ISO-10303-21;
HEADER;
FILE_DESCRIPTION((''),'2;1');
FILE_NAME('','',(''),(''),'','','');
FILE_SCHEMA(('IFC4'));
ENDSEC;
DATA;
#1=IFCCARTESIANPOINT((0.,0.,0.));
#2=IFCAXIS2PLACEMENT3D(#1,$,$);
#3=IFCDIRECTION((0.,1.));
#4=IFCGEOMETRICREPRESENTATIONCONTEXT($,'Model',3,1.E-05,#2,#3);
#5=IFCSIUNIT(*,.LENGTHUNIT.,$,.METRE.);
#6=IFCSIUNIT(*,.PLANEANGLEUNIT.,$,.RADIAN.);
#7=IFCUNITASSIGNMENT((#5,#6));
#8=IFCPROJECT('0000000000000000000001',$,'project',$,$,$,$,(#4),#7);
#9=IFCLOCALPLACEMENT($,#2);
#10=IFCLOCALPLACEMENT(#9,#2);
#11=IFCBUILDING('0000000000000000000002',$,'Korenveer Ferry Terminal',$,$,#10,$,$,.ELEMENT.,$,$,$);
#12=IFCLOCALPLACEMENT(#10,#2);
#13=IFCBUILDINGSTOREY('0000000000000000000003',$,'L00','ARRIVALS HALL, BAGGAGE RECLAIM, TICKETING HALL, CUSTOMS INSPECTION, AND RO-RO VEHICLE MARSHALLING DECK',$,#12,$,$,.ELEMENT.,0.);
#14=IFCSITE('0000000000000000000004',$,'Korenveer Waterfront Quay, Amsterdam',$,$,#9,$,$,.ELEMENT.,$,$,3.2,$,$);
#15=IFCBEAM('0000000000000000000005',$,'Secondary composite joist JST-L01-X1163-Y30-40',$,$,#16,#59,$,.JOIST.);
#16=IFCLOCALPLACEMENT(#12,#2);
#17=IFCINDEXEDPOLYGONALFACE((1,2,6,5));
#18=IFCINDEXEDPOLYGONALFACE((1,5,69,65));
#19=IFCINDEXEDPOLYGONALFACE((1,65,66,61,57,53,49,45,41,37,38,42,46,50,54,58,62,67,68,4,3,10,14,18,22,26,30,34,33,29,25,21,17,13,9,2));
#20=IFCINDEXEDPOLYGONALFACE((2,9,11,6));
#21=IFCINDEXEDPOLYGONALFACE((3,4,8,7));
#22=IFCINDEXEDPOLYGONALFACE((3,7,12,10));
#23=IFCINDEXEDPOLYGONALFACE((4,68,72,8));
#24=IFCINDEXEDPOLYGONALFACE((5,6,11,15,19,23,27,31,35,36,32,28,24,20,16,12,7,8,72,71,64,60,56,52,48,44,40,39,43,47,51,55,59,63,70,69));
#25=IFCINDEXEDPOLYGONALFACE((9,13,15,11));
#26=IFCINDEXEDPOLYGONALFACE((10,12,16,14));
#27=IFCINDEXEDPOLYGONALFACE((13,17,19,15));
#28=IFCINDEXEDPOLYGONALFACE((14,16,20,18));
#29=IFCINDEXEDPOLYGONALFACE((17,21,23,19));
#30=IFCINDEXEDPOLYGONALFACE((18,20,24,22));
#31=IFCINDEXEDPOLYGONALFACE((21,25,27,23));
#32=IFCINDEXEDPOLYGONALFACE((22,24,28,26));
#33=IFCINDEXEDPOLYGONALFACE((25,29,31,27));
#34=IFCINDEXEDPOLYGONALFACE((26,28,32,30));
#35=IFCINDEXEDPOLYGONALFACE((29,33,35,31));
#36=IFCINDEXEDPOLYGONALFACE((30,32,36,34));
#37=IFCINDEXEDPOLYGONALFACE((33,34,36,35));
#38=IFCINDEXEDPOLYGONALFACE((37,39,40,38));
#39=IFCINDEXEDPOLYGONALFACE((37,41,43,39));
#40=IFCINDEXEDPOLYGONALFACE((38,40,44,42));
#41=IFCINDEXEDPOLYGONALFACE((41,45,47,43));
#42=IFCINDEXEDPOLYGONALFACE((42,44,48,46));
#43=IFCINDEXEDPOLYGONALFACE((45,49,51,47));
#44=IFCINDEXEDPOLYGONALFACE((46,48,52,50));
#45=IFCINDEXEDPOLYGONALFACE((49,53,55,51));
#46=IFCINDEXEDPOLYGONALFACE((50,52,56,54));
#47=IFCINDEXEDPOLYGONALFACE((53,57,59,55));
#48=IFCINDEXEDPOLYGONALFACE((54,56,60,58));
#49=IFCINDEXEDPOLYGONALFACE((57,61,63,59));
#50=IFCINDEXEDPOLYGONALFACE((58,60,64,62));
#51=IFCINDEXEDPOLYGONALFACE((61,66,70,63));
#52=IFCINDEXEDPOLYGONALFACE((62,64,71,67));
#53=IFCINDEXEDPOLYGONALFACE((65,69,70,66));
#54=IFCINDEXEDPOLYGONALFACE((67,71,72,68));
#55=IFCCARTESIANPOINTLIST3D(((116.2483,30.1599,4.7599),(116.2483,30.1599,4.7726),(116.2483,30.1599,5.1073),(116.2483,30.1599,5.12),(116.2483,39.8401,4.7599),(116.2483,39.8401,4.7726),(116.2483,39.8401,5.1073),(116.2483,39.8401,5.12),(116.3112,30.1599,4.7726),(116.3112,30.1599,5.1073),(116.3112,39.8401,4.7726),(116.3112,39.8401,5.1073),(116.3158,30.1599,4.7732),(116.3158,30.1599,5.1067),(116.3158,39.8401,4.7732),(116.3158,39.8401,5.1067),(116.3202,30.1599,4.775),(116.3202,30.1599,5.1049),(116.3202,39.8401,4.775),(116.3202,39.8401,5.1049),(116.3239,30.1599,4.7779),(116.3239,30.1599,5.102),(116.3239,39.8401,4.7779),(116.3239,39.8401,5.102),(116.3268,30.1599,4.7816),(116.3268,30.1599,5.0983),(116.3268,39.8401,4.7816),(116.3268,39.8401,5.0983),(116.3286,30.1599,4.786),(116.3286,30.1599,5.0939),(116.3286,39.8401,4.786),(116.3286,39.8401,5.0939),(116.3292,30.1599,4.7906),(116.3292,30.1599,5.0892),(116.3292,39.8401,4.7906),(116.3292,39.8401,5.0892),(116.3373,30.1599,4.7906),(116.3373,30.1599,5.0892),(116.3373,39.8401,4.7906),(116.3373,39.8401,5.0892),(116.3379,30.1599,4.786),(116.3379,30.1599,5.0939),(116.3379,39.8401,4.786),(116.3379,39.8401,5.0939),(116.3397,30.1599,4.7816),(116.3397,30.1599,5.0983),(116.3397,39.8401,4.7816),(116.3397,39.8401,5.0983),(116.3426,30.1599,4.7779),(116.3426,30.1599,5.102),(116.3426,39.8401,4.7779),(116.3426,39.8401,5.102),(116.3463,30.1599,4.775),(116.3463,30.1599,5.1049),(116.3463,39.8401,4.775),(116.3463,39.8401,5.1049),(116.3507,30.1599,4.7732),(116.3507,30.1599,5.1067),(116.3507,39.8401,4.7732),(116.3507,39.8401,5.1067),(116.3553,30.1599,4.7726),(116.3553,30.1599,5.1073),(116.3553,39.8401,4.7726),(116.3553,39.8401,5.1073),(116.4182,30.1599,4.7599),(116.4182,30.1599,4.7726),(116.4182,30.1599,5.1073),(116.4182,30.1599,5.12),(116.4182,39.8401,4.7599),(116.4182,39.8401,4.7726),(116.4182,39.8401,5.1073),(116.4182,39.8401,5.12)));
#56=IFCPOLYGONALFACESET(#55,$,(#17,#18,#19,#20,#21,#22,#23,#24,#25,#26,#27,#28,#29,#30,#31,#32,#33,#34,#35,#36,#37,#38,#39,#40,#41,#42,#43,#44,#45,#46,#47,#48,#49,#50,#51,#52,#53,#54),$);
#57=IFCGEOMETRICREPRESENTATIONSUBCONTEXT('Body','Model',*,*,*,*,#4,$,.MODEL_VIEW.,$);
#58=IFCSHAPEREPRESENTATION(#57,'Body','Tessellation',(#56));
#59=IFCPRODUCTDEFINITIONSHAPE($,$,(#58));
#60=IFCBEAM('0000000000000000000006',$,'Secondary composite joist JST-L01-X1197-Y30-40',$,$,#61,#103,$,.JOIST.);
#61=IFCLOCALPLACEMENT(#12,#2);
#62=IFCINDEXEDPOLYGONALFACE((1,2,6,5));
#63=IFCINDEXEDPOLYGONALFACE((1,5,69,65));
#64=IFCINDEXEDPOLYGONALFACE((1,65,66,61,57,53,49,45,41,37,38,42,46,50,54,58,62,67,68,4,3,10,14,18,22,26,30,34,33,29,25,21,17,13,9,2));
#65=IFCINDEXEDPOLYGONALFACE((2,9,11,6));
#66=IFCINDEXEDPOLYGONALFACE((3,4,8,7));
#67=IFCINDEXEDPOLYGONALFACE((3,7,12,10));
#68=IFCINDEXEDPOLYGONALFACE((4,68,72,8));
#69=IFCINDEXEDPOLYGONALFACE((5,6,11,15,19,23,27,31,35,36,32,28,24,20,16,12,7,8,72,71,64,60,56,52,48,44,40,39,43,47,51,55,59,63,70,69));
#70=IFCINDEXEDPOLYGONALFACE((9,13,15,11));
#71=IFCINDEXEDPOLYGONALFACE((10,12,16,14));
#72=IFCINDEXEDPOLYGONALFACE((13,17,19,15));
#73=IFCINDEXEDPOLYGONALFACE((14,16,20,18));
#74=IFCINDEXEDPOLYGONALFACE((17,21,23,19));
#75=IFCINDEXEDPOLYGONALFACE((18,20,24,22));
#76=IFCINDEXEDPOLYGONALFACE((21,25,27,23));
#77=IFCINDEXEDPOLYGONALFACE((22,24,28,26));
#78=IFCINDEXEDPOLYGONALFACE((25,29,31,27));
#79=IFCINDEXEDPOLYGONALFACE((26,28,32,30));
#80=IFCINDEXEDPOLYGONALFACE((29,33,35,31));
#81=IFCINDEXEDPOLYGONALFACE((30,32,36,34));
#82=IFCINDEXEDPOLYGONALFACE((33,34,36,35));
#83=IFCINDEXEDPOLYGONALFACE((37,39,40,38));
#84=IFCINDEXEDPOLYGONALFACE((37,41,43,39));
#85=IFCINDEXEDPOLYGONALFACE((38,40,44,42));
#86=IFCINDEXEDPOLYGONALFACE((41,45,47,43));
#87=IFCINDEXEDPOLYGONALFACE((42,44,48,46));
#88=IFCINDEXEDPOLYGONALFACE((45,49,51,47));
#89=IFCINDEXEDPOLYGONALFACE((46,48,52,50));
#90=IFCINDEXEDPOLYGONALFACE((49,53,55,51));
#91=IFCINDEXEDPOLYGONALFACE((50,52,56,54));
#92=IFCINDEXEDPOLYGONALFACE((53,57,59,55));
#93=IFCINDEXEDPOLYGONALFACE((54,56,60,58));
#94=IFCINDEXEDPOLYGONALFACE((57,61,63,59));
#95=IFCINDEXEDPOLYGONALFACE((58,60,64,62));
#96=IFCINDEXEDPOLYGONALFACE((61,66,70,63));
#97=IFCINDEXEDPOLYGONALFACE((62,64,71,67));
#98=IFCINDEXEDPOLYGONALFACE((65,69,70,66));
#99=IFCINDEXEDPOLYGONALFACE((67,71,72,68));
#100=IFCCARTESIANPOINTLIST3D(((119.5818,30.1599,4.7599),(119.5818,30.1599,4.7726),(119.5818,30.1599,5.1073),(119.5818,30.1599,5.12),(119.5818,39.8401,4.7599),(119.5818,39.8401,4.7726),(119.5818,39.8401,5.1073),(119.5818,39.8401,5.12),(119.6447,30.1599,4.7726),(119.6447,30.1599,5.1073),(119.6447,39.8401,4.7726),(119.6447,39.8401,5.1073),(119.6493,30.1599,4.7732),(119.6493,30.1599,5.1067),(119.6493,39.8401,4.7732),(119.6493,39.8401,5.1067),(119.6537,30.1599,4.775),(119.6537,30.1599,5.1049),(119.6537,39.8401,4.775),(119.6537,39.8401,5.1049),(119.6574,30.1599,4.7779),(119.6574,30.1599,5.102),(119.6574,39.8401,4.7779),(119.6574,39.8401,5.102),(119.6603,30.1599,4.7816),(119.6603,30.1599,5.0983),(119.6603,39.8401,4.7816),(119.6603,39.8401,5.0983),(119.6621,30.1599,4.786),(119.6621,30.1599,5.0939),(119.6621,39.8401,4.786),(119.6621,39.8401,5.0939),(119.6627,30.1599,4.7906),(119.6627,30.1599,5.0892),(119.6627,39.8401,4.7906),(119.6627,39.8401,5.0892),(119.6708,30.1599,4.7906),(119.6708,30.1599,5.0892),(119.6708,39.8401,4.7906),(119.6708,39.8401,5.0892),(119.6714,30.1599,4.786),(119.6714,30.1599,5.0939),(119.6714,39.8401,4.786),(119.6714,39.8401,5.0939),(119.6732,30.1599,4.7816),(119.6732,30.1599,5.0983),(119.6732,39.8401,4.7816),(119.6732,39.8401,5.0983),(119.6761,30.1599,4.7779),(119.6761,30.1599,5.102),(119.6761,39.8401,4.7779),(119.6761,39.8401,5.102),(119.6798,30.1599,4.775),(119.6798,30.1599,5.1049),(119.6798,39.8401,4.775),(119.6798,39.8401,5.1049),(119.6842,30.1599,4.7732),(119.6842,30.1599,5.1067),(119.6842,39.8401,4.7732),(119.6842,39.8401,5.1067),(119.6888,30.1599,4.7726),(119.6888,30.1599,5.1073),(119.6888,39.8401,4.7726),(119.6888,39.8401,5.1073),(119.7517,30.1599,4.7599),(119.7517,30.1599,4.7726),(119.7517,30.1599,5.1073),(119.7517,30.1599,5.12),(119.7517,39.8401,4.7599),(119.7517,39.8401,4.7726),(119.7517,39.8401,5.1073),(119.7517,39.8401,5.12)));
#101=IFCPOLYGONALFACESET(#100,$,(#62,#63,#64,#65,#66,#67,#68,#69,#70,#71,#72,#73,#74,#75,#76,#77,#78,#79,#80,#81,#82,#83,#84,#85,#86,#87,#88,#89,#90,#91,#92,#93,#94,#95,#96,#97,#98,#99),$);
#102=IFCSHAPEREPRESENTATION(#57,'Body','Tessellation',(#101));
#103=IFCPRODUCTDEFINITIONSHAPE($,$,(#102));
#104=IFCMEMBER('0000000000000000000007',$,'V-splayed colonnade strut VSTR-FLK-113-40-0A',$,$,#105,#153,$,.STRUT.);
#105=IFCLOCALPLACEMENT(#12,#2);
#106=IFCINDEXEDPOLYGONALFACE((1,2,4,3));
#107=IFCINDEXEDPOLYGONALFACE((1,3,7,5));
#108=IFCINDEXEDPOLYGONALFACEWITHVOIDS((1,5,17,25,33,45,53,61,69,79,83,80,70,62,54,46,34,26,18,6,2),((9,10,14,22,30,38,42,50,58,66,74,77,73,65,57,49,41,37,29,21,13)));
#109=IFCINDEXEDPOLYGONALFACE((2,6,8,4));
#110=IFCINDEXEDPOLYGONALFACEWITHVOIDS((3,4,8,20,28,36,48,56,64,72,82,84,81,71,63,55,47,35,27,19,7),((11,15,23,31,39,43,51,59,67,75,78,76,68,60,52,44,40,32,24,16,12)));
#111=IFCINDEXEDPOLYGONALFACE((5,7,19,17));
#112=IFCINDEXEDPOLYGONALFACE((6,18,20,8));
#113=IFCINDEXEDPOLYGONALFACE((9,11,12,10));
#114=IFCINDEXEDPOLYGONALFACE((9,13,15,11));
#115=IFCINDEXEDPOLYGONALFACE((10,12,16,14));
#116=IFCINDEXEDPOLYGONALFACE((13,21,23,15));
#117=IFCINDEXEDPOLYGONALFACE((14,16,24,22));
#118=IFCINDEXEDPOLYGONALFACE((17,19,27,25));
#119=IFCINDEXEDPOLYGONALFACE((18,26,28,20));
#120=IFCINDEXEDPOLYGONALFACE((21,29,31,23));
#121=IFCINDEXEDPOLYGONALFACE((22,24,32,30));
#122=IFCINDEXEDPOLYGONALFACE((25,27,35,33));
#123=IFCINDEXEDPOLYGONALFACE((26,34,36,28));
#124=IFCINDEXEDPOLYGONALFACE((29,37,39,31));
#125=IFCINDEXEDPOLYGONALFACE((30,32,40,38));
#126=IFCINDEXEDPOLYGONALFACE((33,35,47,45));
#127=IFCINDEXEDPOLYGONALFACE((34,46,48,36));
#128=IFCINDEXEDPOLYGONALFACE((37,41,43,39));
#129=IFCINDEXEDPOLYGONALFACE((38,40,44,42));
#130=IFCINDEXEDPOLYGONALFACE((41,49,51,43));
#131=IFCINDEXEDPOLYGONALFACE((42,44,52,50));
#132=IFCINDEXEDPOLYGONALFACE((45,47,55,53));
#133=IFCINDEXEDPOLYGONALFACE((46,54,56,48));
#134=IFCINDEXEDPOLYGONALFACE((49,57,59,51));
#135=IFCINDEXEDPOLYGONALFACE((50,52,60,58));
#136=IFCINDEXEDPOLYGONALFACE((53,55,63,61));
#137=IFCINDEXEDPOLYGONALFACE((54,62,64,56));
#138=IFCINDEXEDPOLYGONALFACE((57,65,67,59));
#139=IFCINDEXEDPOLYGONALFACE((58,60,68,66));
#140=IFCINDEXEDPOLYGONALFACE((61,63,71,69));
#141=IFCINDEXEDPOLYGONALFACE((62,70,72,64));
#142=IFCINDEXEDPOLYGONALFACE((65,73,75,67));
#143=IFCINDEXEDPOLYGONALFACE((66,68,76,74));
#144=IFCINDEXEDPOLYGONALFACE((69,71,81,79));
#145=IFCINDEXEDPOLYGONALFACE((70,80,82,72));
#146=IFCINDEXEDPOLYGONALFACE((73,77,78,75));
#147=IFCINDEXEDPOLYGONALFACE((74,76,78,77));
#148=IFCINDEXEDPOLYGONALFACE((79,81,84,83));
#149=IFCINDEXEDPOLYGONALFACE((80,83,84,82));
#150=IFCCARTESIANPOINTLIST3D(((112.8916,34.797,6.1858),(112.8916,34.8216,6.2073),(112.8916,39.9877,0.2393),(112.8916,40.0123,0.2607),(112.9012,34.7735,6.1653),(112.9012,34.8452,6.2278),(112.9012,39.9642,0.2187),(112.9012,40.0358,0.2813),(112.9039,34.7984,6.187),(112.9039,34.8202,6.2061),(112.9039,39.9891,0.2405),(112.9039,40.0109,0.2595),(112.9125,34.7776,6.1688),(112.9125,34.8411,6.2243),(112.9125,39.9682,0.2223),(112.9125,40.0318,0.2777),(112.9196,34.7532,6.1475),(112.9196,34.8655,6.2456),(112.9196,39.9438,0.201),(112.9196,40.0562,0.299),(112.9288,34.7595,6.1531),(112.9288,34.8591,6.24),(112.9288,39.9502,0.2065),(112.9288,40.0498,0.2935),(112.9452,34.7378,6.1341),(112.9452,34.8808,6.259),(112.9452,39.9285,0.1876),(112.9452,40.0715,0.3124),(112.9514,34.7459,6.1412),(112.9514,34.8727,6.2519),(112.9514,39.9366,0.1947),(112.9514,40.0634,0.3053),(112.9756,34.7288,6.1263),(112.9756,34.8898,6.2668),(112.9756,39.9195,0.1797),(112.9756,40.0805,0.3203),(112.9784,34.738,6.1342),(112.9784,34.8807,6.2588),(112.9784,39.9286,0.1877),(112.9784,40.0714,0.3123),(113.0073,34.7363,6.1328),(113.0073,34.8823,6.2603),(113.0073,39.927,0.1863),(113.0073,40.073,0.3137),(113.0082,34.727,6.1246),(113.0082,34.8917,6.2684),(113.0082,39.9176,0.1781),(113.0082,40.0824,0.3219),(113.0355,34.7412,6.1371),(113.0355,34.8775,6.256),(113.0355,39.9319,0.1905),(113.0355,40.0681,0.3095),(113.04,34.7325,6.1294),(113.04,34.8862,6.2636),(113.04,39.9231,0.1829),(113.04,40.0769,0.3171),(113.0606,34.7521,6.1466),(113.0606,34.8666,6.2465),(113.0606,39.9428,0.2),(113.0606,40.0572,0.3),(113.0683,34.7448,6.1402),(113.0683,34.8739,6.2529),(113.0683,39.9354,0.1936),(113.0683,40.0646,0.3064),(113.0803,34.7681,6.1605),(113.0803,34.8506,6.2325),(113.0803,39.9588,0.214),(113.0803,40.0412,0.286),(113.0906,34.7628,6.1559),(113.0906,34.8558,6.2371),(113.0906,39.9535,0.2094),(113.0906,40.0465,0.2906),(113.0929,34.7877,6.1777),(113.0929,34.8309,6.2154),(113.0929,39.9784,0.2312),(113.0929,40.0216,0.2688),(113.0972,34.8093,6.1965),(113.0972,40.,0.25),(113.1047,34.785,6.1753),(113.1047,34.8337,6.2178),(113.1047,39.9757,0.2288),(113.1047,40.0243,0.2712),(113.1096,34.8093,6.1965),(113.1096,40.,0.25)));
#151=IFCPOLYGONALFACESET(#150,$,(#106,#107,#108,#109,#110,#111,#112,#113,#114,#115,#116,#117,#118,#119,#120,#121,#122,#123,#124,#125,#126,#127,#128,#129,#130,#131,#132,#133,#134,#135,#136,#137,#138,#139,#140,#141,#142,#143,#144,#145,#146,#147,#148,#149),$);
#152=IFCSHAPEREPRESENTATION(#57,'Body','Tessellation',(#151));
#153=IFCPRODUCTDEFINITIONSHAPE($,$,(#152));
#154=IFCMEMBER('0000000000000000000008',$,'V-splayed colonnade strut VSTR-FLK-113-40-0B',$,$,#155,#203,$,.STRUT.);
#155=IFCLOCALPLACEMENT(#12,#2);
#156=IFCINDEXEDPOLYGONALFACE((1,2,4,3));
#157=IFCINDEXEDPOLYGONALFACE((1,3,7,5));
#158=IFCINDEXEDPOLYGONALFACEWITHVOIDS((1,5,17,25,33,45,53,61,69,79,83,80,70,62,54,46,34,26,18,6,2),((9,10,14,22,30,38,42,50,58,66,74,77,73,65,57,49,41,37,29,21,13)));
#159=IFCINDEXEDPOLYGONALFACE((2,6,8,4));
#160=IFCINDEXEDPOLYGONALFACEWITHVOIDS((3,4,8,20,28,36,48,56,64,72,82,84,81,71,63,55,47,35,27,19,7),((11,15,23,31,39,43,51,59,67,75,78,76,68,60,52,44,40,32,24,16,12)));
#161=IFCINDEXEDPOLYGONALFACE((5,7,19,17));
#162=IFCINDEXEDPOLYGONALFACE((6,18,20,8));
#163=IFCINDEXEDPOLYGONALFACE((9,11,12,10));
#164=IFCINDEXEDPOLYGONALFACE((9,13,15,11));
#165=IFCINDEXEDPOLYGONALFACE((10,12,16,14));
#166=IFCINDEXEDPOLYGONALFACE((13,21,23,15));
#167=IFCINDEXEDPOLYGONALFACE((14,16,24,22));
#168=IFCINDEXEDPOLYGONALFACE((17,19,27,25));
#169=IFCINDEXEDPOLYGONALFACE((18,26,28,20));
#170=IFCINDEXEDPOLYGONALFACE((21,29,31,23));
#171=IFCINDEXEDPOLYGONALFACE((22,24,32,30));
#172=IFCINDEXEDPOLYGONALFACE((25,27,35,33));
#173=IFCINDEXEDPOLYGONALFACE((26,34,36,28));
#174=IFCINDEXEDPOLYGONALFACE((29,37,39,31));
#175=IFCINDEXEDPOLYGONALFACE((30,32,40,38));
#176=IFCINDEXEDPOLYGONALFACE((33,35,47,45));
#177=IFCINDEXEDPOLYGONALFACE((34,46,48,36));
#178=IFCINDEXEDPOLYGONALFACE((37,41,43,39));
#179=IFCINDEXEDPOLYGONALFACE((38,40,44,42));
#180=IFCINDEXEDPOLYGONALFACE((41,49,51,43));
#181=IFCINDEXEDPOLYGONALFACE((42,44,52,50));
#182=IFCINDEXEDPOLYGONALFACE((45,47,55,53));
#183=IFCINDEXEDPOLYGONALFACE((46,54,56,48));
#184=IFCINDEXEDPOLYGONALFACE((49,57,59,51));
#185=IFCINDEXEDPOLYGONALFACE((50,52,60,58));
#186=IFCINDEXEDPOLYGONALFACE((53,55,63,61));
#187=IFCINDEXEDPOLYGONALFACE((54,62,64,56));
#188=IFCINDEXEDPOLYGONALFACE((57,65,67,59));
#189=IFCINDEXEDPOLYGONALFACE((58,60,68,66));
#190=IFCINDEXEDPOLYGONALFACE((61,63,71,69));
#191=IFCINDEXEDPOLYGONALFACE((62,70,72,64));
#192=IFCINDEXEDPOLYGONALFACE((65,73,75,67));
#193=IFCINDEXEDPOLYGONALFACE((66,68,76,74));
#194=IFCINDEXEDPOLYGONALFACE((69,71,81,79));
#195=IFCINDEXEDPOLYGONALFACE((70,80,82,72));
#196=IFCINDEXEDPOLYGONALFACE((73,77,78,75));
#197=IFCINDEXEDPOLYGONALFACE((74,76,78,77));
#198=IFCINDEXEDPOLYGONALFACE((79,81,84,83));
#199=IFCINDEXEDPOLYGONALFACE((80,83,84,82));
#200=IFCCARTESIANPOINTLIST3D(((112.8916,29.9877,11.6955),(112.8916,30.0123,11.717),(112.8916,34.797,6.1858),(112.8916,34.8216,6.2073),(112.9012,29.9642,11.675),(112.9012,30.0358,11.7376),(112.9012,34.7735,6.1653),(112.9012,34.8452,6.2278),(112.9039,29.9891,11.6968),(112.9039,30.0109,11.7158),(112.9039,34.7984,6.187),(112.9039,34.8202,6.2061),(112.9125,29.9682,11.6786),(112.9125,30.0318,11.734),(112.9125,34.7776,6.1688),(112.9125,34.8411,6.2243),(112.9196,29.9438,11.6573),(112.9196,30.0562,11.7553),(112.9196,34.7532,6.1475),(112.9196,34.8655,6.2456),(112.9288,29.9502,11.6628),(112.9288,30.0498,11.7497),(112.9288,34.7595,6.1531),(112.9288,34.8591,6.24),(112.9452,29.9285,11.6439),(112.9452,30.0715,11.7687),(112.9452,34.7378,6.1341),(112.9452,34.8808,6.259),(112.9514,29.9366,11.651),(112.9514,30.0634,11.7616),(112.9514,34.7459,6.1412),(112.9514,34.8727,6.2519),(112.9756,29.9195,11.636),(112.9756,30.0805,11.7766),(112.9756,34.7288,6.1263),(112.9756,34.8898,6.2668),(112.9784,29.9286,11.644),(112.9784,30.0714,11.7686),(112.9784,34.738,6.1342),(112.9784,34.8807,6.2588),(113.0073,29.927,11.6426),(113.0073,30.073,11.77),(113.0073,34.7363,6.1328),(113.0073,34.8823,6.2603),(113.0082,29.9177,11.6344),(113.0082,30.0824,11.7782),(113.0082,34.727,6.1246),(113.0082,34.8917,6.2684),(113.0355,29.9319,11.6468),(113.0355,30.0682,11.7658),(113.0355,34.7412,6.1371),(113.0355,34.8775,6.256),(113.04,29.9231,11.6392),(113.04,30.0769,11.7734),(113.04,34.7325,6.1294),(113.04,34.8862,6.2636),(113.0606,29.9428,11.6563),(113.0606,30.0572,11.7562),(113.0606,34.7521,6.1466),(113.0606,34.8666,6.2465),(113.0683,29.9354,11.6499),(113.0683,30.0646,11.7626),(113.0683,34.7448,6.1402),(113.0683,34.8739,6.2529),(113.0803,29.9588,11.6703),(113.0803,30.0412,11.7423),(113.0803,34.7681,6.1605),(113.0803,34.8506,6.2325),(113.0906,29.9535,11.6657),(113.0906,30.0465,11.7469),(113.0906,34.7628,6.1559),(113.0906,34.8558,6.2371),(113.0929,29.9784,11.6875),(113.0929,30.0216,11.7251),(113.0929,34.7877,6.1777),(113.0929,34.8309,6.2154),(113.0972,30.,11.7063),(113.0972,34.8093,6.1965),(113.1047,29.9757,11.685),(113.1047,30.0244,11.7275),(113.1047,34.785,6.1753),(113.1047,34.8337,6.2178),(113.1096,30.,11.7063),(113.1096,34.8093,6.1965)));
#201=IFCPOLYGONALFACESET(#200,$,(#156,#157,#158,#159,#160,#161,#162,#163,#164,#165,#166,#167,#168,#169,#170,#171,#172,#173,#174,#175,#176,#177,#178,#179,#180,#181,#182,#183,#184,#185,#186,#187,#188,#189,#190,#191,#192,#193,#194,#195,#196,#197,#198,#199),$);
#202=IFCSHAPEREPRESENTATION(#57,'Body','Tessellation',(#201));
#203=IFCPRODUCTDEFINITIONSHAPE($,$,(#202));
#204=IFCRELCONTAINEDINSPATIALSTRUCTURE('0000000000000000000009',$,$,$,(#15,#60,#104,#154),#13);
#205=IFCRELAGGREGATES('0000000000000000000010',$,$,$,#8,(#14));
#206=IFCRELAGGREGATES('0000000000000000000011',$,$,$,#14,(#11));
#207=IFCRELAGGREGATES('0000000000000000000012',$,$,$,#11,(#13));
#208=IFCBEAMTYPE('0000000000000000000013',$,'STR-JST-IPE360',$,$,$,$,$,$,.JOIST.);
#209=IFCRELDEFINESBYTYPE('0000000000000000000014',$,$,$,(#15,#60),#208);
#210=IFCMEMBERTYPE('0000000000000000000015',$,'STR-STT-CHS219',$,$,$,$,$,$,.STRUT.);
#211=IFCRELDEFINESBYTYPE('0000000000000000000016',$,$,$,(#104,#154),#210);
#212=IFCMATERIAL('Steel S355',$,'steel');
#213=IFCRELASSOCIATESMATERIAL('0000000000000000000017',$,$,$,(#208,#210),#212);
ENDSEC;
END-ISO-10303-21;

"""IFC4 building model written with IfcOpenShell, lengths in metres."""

from ifc_helpers import new_model, si_unit, direction, frame, origin, origin_2d, place, context, subcontext, project, spatial, hollow_circle, i_section, extrude, material, material_profile, profile_set, type_object, element, save


model = new_model("IFC4")

# Units and contexts
model_context = context("Model", 3, precision=1e-05, world=origin(), true_north=direction((0.0, 1.0)))
body_context = subcontext(model_context, "Body", "Model", "MODEL_VIEW")
ifc_project = project(units=[si_unit("LENGTHUNIT", "METRE"), si_unit("PLANEANGLEUNIT", "RADIAN")], contexts=[model_context])

# Site, building, storey
site_placement = place(None, origin())
site = spatial("IfcSite", under=ifc_project, at=site_placement, Name="Korenveer Waterfront Quay, Amsterdam", CompositionType="ELEMENT", RefElevation=3.2)
building_placement = place(site_placement, origin())
building = spatial("IfcBuilding", under=site, at=building_placement, Name="Korenveer Ferry Terminal", CompositionType="ELEMENT")
storey_placement = place(building_placement, origin())
storey = spatial("IfcBuildingStorey", under=building, at=storey_placement, Name="L00", Description="ARRIVALS HALL, BAGGAGE RECLAIM, TICKETING HALL, CUSTOMS INSPECTION, AND RO-RO VEHICLE MARSHALLING DECK", CompositionType="ELEMENT", Elevation=0.0)

# Shared definitions
ifc_material_1 = material(Name="Steel S355", Category="steel")

# Beams
ifc_material_profile_1 = material_profile(ifc_material_1, i_section(OverallWidth=0.1699, OverallDepth=0.3601, WebThickness=0.0081, FlangeThickness=0.0127, FilletRadius=0.0181, at=origin_2d()), Name="IPE 360")
ifc_profile_set_1 = profile_set([ifc_material_profile_1], Name="Steel S355")
beam_type = type_object("IfcBeamType", Name="STR-JST-IPE360", PredefinedType="JOIST", material=ifc_profile_set_1)
for number, where, z_axis, x_axis, name in (
    (1, (116.3333, 30.1599, 4.9399), (0.0, 1.0, 0.0), (-1.0, 0.0, 0.0), "Secondary composite joist JST-L01-X1163-Y30-40"),
    (2, (119.6667, 30.1599, 4.9399), (0.0, 1.0, 0.0), (-1.0, 0.0, 0.0), "Secondary composite joist JST-L01-X1197-Y30-40"),
):
    element("IfcBeam", number, at=place(storey_placement, frame(where, z_axis=z_axis, x_axis=x_axis)), inside=storey, type_object=beam_type, Name=name, PredefinedType="JOIST", context=body_context, shape_type="SweptSolid", body=[
        extrude(i_section(OverallWidth=0.1699, OverallDepth=0.3601, WebThickness=0.0081, FlangeThickness=0.0127, FilletRadius=0.0181, at=origin_2d()), origin(), (0.0, 0.0, 1.0), 9.6802),
    ])

# Members
ifc_material_profile_2 = material_profile(ifc_material_1, hollow_circle(Radius=0.1096, WallThickness=0.0125, at=origin_2d()), Name="CHS 219.1x12.5")
ifc_profile_set_2 = profile_set([ifc_material_profile_2], Name="Steel S355")
member_type = type_object("IfcMemberType", Name="STR-STT-CHS219", PredefinedType="STRUT", material=ifc_profile_set_2)
member_1_placement = place(storey_placement, frame((113.0, 40.0, 0.25), z_axis=(0.0, -0.657604, 0.753364), x_axis=(1.0, 0.0, 0.0)))
element("IfcMember", 3, at=member_1_placement, inside=storey, type_object=member_type, Name="V-splayed colonnade strut VSTR-FLK-113-40-0A", PredefinedType="STRUT", context=body_context, shape_type="SweptSolid", body=[
    extrude(hollow_circle(Radius=0.1096, WallThickness=0.0125, at=origin_2d()), origin(), (0.0, 0.0, 1.0), 7.8933),
])
member_2_placement = place(storey_placement, frame((113.0, 34.8093, 6.1965), z_axis=(0.0, -0.657597, 0.75337), x_axis=(1.0, 0.0, 0.0)))
element("IfcMember", 4, at=member_2_placement, inside=storey, type_object=member_type, Name="V-splayed colonnade strut VSTR-FLK-113-40-0B", PredefinedType="STRUT", context=body_context, shape_type="SweptSolid", body=[
    extrude(hollow_circle(Radius=0.1096, WallThickness=0.0125, at=origin_2d()), origin(), (0.0, 0.0, 1.0), 7.3135),
])

save(model, "model.ifc")
